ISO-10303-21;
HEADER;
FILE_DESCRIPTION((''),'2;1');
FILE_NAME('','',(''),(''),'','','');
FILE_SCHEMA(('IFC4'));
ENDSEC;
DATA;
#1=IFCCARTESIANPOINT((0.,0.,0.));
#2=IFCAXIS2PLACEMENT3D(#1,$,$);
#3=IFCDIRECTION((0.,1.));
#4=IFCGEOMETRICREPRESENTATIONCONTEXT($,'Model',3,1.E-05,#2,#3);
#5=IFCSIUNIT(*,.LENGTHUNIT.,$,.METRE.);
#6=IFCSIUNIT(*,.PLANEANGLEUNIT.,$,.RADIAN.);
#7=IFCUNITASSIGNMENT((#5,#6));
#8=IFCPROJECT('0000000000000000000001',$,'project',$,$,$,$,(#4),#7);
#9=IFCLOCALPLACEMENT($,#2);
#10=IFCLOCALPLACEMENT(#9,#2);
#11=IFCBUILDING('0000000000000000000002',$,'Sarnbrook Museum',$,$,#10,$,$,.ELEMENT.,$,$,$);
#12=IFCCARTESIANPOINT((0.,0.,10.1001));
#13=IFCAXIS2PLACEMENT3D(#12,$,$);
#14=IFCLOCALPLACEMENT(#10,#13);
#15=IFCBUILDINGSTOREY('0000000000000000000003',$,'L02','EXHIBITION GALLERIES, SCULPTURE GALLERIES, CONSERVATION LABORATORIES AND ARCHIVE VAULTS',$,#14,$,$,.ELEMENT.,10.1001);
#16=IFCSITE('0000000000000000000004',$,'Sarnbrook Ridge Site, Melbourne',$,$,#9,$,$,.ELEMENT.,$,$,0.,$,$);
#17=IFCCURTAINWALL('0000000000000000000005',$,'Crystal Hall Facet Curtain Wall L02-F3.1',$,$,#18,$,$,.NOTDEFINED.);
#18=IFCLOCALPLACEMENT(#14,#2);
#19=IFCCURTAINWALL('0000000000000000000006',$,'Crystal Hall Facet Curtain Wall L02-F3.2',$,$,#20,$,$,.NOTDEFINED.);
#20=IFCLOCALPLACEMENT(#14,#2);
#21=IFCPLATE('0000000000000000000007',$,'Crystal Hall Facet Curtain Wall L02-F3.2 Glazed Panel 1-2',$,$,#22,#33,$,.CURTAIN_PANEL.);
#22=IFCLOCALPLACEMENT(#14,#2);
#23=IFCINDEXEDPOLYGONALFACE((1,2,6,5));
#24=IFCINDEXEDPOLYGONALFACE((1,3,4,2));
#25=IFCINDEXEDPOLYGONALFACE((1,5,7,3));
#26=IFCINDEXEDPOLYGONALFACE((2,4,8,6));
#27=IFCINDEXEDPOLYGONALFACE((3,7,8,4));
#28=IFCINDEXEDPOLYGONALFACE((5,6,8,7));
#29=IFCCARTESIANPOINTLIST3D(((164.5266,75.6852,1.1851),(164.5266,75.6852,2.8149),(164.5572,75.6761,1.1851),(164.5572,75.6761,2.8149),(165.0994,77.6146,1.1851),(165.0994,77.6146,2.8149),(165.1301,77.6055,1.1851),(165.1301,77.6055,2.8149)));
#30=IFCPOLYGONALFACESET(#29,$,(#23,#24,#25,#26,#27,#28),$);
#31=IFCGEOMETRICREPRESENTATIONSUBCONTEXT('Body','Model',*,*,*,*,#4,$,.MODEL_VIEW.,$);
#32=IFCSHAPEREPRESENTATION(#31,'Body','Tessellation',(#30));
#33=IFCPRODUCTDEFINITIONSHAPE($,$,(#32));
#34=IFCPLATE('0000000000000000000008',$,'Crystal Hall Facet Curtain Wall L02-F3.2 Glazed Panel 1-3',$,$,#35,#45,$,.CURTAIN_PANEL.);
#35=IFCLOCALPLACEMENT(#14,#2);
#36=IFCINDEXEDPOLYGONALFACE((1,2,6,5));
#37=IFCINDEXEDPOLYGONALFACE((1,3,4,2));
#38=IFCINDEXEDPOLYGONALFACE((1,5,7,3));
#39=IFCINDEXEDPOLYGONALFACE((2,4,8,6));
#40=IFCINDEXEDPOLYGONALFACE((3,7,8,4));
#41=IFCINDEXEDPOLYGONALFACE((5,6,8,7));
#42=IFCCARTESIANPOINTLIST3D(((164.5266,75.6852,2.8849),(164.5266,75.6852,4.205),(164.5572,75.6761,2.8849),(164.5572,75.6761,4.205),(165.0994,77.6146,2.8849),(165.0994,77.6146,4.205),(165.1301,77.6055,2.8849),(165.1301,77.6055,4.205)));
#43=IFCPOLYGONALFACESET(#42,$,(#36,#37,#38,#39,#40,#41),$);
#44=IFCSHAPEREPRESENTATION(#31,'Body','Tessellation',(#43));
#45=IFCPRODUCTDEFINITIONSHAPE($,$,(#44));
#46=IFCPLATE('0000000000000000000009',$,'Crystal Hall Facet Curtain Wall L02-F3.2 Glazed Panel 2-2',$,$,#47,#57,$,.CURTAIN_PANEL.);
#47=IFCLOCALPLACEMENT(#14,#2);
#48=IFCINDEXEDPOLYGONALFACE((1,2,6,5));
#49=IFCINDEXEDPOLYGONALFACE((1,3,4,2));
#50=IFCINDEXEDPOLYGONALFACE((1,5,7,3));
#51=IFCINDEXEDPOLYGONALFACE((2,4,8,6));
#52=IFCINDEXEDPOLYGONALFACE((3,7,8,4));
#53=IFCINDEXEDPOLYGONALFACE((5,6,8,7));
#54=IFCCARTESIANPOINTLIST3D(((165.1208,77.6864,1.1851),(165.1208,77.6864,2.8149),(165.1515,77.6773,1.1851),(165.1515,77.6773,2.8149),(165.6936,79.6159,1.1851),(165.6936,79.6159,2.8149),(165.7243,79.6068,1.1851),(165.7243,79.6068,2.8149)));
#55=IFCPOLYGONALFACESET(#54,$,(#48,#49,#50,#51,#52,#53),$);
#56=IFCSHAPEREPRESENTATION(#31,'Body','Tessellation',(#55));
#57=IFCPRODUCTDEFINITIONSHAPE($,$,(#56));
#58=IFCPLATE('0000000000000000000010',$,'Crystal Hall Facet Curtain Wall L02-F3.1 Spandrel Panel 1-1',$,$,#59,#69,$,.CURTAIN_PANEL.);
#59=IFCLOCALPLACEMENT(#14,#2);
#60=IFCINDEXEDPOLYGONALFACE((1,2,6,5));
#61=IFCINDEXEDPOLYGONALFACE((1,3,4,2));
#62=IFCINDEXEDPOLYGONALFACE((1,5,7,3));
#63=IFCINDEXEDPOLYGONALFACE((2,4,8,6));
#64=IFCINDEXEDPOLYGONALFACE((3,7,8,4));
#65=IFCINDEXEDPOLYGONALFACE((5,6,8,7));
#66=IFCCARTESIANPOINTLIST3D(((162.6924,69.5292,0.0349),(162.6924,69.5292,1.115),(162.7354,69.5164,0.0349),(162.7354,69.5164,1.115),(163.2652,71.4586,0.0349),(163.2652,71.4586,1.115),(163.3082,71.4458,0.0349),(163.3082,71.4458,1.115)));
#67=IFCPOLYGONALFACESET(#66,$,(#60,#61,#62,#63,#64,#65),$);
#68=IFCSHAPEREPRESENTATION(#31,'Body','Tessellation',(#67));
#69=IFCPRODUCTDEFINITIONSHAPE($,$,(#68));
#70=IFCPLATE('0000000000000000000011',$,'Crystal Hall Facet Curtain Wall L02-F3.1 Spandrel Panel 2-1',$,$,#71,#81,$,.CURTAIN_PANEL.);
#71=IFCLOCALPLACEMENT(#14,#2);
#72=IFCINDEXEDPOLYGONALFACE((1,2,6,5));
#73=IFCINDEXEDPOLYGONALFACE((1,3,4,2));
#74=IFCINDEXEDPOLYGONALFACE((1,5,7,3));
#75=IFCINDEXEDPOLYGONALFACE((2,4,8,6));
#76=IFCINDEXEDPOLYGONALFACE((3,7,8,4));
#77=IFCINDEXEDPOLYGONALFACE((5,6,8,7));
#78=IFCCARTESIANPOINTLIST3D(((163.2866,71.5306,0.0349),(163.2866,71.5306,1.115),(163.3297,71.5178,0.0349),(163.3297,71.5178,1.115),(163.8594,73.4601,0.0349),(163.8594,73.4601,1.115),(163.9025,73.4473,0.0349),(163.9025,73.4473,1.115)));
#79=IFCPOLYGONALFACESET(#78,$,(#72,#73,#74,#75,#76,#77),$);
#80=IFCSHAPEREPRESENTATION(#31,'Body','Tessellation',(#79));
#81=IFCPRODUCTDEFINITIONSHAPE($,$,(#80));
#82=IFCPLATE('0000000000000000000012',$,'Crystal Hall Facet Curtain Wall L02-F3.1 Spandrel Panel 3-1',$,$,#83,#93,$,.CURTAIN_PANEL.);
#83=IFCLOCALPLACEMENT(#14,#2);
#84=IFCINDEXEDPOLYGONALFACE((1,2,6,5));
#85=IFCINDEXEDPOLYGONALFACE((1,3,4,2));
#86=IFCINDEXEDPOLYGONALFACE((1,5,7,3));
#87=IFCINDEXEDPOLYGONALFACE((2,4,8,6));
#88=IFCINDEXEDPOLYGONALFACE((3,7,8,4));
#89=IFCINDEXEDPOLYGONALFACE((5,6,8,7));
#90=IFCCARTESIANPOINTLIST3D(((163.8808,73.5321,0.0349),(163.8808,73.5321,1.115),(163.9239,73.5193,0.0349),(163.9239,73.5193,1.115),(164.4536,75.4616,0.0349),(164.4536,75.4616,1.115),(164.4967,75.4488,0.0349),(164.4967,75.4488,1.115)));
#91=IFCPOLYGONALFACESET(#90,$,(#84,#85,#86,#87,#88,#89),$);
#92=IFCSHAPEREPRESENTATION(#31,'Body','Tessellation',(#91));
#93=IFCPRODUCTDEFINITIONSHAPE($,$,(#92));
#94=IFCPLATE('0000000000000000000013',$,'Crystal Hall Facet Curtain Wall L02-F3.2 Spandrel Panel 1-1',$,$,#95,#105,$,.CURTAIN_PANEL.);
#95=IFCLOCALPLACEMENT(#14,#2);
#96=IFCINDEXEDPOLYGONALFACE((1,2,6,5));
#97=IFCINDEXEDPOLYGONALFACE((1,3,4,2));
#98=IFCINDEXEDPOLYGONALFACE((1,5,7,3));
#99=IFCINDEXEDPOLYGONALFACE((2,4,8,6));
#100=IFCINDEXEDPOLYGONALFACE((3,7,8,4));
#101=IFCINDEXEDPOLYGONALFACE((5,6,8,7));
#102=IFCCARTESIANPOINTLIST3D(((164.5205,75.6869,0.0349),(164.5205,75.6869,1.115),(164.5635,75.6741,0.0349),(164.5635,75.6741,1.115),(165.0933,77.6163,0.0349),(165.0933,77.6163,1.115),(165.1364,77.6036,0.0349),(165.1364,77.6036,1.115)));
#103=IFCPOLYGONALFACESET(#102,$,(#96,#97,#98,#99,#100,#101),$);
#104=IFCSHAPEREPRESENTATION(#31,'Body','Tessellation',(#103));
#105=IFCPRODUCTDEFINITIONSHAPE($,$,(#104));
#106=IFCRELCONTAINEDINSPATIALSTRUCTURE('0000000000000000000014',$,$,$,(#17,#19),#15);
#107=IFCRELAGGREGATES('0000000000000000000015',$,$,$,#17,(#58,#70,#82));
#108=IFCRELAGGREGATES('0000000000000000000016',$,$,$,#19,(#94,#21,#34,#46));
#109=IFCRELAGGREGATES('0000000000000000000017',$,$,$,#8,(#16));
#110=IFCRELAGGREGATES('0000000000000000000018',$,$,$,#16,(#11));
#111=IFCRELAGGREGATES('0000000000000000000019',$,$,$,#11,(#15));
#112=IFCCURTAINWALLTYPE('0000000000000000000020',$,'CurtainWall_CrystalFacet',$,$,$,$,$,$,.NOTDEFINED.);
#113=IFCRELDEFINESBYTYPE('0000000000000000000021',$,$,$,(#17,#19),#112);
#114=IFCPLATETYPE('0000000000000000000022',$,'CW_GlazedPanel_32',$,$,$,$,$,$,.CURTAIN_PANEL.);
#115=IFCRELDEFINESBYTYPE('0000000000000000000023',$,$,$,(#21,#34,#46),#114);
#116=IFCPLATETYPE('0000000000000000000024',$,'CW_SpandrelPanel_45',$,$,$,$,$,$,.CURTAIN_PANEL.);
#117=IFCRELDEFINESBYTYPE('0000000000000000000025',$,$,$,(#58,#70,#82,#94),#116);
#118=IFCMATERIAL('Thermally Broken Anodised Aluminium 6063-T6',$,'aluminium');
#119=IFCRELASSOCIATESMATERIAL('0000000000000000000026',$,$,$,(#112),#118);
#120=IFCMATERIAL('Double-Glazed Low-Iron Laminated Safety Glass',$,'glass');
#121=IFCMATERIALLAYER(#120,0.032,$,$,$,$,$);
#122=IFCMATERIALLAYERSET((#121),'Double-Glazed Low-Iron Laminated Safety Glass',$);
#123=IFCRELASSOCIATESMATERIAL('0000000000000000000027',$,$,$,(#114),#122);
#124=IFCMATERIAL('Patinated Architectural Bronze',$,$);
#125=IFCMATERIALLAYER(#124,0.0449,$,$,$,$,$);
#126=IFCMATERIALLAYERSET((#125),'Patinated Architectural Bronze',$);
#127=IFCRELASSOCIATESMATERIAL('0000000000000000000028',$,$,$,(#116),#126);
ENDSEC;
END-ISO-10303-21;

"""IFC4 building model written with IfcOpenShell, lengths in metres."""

from ifc_helpers import new_model, si_unit, direction, frame, origin, origin_2d, place, context, subcontext, project, spatial, rectangle, extrude, material, layer, layer_set, type_object, element, aggregate, save


model = new_model("IFC4")

# Units and contexts
model_context = context("Model", 3, precision=1e-05, world=origin(), true_north=direction((0.0, 1.0)))
body_context = subcontext(model_context, "Body", "Model", "MODEL_VIEW")
ifc_project = project(units=[si_unit("LENGTHUNIT", "METRE"), si_unit("PLANEANGLEUNIT", "RADIAN")], contexts=[model_context])

# Site, building, storey
site_placement = place(None, origin())
site = spatial("IfcSite", under=ifc_project, at=site_placement, Name="Sarnbrook Ridge Site, Melbourne", CompositionType="ELEMENT", RefElevation=0.0)
building_placement = place(site_placement, origin())
building = spatial("IfcBuilding", under=site, at=building_placement, Name="Sarnbrook Museum", CompositionType="ELEMENT")
storey_placement = place(building_placement, frame((0.0, 0.0, 10.1001)))
storey = spatial("IfcBuildingStorey", under=building, at=storey_placement, Name="L02", Description="EXHIBITION GALLERIES, SCULPTURE GALLERIES, CONSERVATION LABORATORIES AND ARCHIVE VAULTS", CompositionType="ELEMENT", Elevation=10.1001)

# Curtain walls
ifc_material_1 = material(Name="Thermally Broken Anodised Aluminium 6063-T6", Category="aluminium")
curtain_wall_type = type_object("IfcCurtainWallType", Name="CurtainWall_CrystalFacet", PredefinedType="NOTDEFINED", material=ifc_material_1)
curtain_wall_1_placement = place(storey_placement, origin())
curtain_wall_1 = element("IfcCurtainWall", 1, at=curtain_wall_1_placement, inside=storey, type_object=curtain_wall_type, Name="Crystal Hall Facet Curtain Wall L02-F3.1", PredefinedType="NOTDEFINED")
curtain_wall_2_placement = place(storey_placement, origin())
curtain_wall_2 = element("IfcCurtainWall", 2, at=curtain_wall_2_placement, inside=storey, type_object=curtain_wall_type, Name="Crystal Hall Facet Curtain Wall L02-F3.2", PredefinedType="NOTDEFINED")

# Plates
ifc_material_2 = material(Name="Double-Glazed Low-Iron Laminated Safety Glass", Category="glass")
ifc_layer_1 = layer(ifc_material_2, 0.032)
ifc_layer_set_1 = layer_set([ifc_layer_1], Name="Double-Glazed Low-Iron Laminated Safety Glass")
plate_type_1 = type_object("IfcPlateType", Name="CW_GlazedPanel_32", PredefinedType="CURTAIN_PANEL", material=ifc_layer_set_1)
plate_1_placement = place(storey_placement, frame((164.813, 76.6499, 2.0), z_axis=(0.958646, -0.284601, 0.0), x_axis=(0.284601, 0.958646, 0.0)))
plate_1 = element("IfcPlate", 3, at=plate_1_placement, type_object=plate_type_1, Name="Crystal Hall Facet Curtain Wall L02-F3.2 Glazed Panel 1-2", PredefinedType="CURTAIN_PANEL", context=body_context, shape_type="SweptSolid", body=[
    extrude(rectangle(XDim=2.0127, YDim=1.6299, at=origin_2d()), origin(), (0.0, 0.0, 1.0), 0.032),
])
plate_2_placement = place(storey_placement, frame((164.813, 76.6499, 3.5449), z_axis=(0.958646, -0.284601, 0.0), x_axis=(0.284601, 0.958646, 0.0)))
plate_2 = element("IfcPlate", 4, at=plate_2_placement, type_object=plate_type_1, Name="Crystal Hall Facet Curtain Wall L02-F3.2 Glazed Panel 1-3", PredefinedType="CURTAIN_PANEL", context=body_context, shape_type="SweptSolid", body=[
    extrude(rectangle(XDim=2.0127, YDim=1.3201, at=origin_2d()), origin(), (0.0, 0.0, 1.0), 0.032),
])
plate_3_placement = place(storey_placement, frame((165.4072, 78.6511, 2.0), z_axis=(0.958646, -0.284601, 0.0), x_axis=(0.284601, 0.958646, 0.0)))
plate_3 = element("IfcPlate", 5, at=plate_3_placement, type_object=plate_type_1, Name="Crystal Hall Facet Curtain Wall L02-F3.2 Glazed Panel 2-2", PredefinedType="CURTAIN_PANEL", context=body_context, shape_type="SweptSolid", body=[
    extrude(rectangle(XDim=2.0127, YDim=1.6299, at=origin_2d()), origin(), (0.0, 0.0, 1.0), 0.032),
])
ifc_material_3 = material(Name="Patinated Architectural Bronze")
ifc_layer_2 = layer(ifc_material_3, 0.0449)
ifc_layer_set_2 = layer_set([ifc_layer_2], Name="Patinated Architectural Bronze")
plate_type_2 = type_object("IfcPlateType", Name="CW_SpandrelPanel_45", PredefinedType="CURTAIN_PANEL", material=ifc_layer_set_2)
plate_4_placement = place(storey_placement, frame((162.9788, 70.4939, 0.575), z_axis=(0.958646, -0.284601, 0.0), x_axis=(0.284601, 0.958646, 0.0)))
plate_4 = element("IfcPlate", 6, at=plate_4_placement, type_object=plate_type_2, Name="Crystal Hall Facet Curtain Wall L02-F3.1 Spandrel Panel 1-1", PredefinedType="CURTAIN_PANEL", context=body_context, shape_type="SweptSolid", body=[
    extrude(rectangle(XDim=2.0127, YDim=1.0801, at=origin_2d()), origin(), (0.0, 0.0, 1.0), 0.0449),
])
plate_5_placement = place(storey_placement, frame((163.573, 72.4954, 0.575), z_axis=(0.958646, -0.284601, 0.0), x_axis=(0.284601, 0.958646, 0.0)))
plate_5 = element("IfcPlate", 7, at=plate_5_placement, type_object=plate_type_2, Name="Crystal Hall Facet Curtain Wall L02-F3.1 Spandrel Panel 2-1", PredefinedType="CURTAIN_PANEL", context=body_context, shape_type="SweptSolid", body=[
    extrude(rectangle(XDim=2.0127, YDim=1.0801, at=origin_2d()), origin(), (0.0, 0.0, 1.0), 0.0449),
])
plate_6_placement = place(storey_placement, frame((164.1672, 74.4968, 0.575), z_axis=(0.958646, -0.284601, 0.0), x_axis=(0.284601, 0.958646, 0.0)))
plate_6 = element("IfcPlate", 8, at=plate_6_placement, type_object=plate_type_2, Name="Crystal Hall Facet Curtain Wall L02-F3.1 Spandrel Panel 3-1", PredefinedType="CURTAIN_PANEL", context=body_context, shape_type="SweptSolid", body=[
    extrude(rectangle(XDim=2.0127, YDim=1.0801, at=origin_2d()), origin(), (0.0, 0.0, 1.0), 0.0449),
])
aggregate(curtain_wall_1, [plate_4, plate_5, plate_6])
plate_7_placement = place(storey_placement, frame((164.8069, 76.6516, 0.575), z_axis=(0.958646, -0.284601, 0.0), x_axis=(0.284601, 0.958646, 0.0)))
plate_7 = element("IfcPlate", 9, at=plate_7_placement, type_object=plate_type_2, Name="Crystal Hall Facet Curtain Wall L02-F3.2 Spandrel Panel 1-1", PredefinedType="CURTAIN_PANEL", context=body_context, shape_type="SweptSolid", body=[
    extrude(rectangle(XDim=2.0127, YDim=1.0801, at=origin_2d()), origin(), (0.0, 0.0, 1.0), 0.0449),
])
aggregate(curtain_wall_2, [plate_7, plate_1, plate_2, plate_3])

save(model, "model.ifc")
